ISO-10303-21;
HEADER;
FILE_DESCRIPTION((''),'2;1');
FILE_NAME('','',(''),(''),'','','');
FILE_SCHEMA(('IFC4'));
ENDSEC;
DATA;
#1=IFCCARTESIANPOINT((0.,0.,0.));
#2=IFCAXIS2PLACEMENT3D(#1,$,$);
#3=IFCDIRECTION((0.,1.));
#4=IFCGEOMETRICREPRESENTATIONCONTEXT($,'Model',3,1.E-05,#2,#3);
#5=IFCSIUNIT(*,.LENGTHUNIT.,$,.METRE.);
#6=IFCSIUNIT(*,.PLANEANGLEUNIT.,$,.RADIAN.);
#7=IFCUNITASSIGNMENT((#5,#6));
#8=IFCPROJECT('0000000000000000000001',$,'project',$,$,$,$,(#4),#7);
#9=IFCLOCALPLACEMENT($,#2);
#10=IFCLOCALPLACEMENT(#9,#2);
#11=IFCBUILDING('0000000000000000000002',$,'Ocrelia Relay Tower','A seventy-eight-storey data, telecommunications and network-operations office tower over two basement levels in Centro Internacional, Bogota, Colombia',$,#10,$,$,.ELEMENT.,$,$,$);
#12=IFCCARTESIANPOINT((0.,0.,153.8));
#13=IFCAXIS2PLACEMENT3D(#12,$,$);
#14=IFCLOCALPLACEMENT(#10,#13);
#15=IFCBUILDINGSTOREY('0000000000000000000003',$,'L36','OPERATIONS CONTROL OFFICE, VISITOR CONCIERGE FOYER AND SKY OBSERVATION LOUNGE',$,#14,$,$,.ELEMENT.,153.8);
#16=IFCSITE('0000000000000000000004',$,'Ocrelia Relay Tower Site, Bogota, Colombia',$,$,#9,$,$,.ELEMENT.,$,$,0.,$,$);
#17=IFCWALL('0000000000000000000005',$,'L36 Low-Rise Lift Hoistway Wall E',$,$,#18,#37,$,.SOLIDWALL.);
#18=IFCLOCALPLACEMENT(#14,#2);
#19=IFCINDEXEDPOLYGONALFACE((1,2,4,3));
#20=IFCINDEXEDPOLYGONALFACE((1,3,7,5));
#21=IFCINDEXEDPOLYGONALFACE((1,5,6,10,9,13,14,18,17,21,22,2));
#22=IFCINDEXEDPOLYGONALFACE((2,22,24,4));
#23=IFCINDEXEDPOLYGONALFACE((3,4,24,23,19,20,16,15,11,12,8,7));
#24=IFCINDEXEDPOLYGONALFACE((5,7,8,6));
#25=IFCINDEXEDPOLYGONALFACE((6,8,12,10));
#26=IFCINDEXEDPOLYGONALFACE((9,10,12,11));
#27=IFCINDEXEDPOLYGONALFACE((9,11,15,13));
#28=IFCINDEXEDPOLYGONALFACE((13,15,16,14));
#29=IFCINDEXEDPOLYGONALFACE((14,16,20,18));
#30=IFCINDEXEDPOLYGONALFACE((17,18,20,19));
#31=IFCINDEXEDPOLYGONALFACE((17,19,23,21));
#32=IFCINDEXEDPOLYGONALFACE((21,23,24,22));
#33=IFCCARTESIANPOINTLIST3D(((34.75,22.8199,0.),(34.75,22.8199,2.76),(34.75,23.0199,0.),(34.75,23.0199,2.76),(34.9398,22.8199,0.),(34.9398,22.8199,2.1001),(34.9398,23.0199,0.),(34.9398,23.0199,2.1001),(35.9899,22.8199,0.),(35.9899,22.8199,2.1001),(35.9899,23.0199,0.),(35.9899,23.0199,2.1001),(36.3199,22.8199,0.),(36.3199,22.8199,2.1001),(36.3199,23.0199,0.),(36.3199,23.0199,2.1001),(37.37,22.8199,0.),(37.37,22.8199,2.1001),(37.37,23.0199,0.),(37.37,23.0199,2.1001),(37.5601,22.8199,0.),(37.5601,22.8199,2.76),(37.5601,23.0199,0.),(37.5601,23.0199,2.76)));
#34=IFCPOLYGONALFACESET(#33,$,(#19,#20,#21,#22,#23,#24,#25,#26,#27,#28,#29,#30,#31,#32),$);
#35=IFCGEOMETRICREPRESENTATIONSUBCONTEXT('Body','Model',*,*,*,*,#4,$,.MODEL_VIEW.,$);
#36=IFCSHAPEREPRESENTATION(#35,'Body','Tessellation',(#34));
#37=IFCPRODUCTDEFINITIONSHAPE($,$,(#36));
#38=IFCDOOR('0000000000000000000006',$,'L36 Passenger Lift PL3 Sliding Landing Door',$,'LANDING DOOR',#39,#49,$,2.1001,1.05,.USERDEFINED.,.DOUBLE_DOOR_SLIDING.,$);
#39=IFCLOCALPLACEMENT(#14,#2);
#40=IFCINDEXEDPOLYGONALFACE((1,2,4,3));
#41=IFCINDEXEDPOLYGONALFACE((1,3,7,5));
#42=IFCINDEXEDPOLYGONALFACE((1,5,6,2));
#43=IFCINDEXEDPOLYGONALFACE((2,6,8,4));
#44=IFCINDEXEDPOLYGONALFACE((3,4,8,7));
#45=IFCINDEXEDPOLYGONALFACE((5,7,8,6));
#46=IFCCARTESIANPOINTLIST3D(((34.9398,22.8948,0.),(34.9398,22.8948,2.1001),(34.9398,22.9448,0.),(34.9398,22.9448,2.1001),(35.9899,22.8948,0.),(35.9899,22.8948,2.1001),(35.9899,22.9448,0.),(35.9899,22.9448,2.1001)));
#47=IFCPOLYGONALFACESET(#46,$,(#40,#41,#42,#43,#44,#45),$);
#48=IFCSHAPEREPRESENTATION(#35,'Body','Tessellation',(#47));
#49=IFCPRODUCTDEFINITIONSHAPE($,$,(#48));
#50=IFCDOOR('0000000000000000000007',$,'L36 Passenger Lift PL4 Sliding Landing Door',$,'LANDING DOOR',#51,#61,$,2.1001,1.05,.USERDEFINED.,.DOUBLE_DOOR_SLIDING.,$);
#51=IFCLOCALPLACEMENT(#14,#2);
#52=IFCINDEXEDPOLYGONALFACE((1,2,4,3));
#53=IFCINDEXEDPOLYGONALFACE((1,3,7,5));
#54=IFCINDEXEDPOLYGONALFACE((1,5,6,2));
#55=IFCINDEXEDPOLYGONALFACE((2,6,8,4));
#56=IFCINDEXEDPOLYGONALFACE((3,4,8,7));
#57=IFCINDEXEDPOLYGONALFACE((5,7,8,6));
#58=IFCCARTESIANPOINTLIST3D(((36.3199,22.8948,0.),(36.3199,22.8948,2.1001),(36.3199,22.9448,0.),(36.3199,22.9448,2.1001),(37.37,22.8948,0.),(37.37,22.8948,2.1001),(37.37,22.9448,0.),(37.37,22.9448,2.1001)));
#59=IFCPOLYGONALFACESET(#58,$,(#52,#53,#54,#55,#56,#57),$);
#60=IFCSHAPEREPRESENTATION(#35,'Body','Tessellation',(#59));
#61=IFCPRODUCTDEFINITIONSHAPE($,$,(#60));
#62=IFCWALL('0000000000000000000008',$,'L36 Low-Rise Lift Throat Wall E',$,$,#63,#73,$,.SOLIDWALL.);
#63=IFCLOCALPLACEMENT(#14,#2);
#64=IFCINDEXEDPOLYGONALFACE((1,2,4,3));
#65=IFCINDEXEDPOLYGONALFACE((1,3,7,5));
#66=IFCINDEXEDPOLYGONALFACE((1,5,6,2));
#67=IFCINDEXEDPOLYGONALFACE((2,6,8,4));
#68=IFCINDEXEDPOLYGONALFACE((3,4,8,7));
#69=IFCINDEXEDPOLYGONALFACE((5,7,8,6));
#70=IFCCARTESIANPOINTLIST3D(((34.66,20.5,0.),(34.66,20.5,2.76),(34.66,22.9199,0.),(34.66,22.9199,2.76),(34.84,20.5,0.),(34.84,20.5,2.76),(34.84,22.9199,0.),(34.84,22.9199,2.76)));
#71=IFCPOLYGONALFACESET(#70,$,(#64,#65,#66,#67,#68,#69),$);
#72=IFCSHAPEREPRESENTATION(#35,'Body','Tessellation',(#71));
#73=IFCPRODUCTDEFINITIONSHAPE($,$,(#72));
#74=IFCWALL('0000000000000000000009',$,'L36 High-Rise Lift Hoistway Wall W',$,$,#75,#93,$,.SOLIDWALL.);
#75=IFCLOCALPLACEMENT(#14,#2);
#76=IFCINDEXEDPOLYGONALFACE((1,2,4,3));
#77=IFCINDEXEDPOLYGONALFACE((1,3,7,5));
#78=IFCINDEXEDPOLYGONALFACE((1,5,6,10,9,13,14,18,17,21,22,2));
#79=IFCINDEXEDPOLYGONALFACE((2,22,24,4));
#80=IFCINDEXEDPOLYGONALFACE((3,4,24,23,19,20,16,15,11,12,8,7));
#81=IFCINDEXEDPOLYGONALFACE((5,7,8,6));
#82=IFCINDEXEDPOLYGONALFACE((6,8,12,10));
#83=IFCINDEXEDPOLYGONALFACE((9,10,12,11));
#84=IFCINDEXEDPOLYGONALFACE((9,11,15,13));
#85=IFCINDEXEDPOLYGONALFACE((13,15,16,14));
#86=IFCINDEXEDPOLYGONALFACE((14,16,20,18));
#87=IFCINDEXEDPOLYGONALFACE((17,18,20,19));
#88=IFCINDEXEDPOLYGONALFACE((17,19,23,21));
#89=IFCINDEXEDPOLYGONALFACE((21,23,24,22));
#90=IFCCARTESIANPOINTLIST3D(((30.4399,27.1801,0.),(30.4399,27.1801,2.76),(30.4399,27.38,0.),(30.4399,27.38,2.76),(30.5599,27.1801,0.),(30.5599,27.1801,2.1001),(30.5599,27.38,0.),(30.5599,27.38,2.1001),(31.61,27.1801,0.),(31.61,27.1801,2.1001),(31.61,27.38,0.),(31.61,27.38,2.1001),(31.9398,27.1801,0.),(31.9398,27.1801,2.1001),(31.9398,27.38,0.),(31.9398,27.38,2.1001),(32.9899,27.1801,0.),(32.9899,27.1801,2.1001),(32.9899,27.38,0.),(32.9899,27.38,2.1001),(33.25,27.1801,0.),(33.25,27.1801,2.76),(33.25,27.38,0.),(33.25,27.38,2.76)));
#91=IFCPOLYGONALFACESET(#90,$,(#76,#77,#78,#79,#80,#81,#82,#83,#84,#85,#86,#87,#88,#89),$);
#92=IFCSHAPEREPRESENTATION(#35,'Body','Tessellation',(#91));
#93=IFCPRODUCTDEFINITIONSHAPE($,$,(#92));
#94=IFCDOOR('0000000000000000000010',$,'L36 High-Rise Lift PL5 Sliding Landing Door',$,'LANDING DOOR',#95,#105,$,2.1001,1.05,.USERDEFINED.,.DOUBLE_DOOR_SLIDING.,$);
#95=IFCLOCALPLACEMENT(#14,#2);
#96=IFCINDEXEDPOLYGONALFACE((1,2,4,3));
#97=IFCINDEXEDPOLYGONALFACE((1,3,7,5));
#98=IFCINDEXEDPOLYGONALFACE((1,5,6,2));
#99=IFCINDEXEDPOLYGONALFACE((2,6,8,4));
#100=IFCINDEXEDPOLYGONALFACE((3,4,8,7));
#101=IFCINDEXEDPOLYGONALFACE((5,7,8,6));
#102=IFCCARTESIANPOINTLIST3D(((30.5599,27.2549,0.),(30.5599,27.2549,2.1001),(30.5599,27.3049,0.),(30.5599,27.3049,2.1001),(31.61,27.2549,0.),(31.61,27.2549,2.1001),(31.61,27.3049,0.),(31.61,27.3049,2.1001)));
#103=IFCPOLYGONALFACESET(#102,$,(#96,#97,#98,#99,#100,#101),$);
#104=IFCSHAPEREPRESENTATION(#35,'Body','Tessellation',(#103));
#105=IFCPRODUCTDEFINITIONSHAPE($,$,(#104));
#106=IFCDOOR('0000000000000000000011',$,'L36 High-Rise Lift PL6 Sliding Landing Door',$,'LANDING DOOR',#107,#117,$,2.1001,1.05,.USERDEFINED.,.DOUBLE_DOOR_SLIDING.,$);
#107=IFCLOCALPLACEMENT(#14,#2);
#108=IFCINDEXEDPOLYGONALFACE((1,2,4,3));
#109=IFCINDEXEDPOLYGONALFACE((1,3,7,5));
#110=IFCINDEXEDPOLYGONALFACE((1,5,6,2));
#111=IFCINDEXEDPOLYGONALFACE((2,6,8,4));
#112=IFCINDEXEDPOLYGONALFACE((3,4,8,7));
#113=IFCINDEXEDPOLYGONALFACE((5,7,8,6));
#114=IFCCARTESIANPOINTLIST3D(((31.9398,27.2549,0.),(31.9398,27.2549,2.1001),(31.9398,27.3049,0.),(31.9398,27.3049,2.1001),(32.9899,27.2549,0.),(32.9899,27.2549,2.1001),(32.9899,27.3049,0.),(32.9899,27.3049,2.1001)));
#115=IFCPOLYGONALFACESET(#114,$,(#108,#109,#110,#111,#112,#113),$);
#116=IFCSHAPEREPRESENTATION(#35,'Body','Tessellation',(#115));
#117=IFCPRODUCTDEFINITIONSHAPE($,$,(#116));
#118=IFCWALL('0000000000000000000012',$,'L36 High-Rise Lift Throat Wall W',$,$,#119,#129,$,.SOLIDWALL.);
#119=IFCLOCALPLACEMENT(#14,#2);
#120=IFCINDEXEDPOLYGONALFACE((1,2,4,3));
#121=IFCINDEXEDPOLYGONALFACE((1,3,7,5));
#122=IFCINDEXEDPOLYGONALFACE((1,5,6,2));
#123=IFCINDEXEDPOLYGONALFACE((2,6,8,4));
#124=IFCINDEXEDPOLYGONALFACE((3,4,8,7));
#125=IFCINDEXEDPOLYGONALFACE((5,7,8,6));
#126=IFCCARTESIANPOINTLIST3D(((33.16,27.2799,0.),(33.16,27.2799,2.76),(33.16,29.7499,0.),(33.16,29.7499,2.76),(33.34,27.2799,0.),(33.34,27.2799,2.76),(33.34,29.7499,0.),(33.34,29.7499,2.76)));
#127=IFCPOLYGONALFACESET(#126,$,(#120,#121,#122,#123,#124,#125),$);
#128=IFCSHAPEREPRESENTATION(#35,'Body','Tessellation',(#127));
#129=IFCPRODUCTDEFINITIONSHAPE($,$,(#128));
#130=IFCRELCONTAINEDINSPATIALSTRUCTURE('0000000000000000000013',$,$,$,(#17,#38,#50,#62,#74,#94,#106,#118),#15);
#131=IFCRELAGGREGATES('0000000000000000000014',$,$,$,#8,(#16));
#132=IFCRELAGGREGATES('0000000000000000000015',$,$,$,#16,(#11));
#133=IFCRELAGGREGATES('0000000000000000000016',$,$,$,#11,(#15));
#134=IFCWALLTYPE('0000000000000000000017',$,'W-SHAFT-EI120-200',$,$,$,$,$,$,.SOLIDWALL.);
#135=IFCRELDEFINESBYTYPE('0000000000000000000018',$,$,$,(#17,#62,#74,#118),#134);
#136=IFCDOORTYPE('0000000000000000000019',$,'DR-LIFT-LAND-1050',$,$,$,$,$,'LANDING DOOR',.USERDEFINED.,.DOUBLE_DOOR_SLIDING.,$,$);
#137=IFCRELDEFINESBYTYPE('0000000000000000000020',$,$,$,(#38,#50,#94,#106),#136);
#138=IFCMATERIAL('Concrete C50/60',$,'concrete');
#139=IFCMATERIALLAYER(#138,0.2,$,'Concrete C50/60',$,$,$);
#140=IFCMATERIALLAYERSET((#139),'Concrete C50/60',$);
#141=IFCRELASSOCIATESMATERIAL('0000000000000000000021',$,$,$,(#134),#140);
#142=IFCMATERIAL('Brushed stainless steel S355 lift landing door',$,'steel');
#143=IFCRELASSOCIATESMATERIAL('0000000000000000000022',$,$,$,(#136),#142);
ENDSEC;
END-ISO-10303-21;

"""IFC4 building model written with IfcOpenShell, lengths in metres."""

from ifc_helpers import new_model, si_unit, direction, frame, frame_2d, origin, place, context, subcontext, project, spatial, rectangle, extrude, material, layer, layer_set, type_object, element, fill, save


model = new_model("IFC4")

# Units and contexts
model_context = context("Model", 3, precision=1e-05, world=origin(), true_north=direction((0.0, 1.0)))
body_context = subcontext(model_context, "Body", "Model", "MODEL_VIEW")
ifc_project = project(units=[si_unit("LENGTHUNIT", "METRE"), si_unit("PLANEANGLEUNIT", "RADIAN")], contexts=[model_context])

# Site, building, storey
site_placement = place(None, origin())
site = spatial("IfcSite", under=ifc_project, at=site_placement, Name="Ocrelia Relay Tower Site, Bogota, Colombia", CompositionType="ELEMENT", RefElevation=0.0)
building_placement = place(site_placement, origin())
building = spatial("IfcBuilding", under=site, at=building_placement, Name="Ocrelia Relay Tower", Description="A seventy-eight-storey data, telecommunications and network-operations office tower over two basement levels in Centro Internacional, Bogota, Colombia", CompositionType="ELEMENT")
storey_placement = place(building_placement, frame((0.0, 0.0, 153.8)))
storey = spatial("IfcBuildingStorey", under=building, at=storey_placement, Name="L36", Description="OPERATIONS CONTROL OFFICE, VISITOR CONCIERGE FOYER AND SKY OBSERVATION LOUNGE", CompositionType="ELEMENT", Elevation=153.8)

# Shared definitions
ifc_material_1 = material(Name="Concrete C50/60", Category="concrete")
ifc_layer_1 = layer(ifc_material_1, 0.2, Name="Concrete C50/60")
ifc_layer_set_1 = layer_set([ifc_layer_1], Name="Concrete C50/60")
wall_type_1 = type_object("IfcWallType", Name="W-SHAFT-EI120-200", PredefinedType="SOLIDWALL", material=ifc_layer_set_1)
ifc_material_2 = material(Name="Brushed stainless steel S355 lift landing door", Category="steel")
door_type = type_object("IfcDoorType", Name="DR-LIFT-LAND-1050", ElementType="LANDING DOOR", OperationType="DOUBLE_DOOR_SLIDING", PredefinedType="USERDEFINED", material=ifc_material_2)

# Wall, openings, doors
wall_1_placement = place(storey_placement, frame((34.75, 22.9199, 0.0), z_axis=(0.0, 0.0, 1.0), x_axis=(1.0, 0.0, 0.0)))
wall_1 = element("IfcWall", 1, at=wall_1_placement, inside=storey, type_object=wall_type_1, Name="L36 Low-Rise Lift Hoistway Wall E", PredefinedType="SOLIDWALL", context=body_context, shape_type="SweptSolid", body=[
    extrude(rectangle(XDim=2.8101, YDim=0.2, at=frame_2d((1.405, 0.0))), origin(), (0.0, 0.0, 1.0), 2.76),
])
opening_1_placement = place(wall_1_placement, frame((0.1899, 0.0, 0.0)))
opening_1 = element("IfcOpeningElement", 2, at=opening_1_placement, cuts=wall_1, PredefinedType="OPENING", context=body_context, shape_type="SweptSolid", body=[
    extrude(rectangle(XDim=1.05, YDim=2.1001, at=frame_2d((0.5249, 1.05))), frame((0.0, 0.1099, 0.0), z_axis=(0.0, -1.0, 0.0), x_axis=(1.0, 0.0, 0.0)), (0.0, 0.0, 1.0), 0.22),
])
opening_2_placement = place(wall_1_placement, frame((1.5701, 0.0, 0.0)))
opening_2 = element("IfcOpeningElement", 3, at=opening_2_placement, cuts=wall_1, PredefinedType="OPENING", context=body_context, shape_type="SweptSolid", body=[
    extrude(rectangle(XDim=1.05, YDim=2.1001, at=frame_2d((0.5249, 1.05))), frame((0.0, 0.1099, 0.0), z_axis=(0.0, -1.0, 0.0), x_axis=(1.0, 0.0, 0.0)), (0.0, 0.0, 1.0), 0.22),
])
door_1_placement = place(opening_1_placement, origin())
door_1 = element("IfcDoor", 4, at=door_1_placement, inside=storey, type_object=door_type, Name="L36 Passenger Lift PL3 Sliding Landing Door", ObjectType="LANDING DOOR", OperationType="DOUBLE_DOOR_SLIDING", OverallHeight=2.1001, OverallWidth=1.05, PredefinedType="USERDEFINED", context=body_context, shape_type="SweptSolid", body=[
    extrude(rectangle(XDim=1.05, YDim=2.1001, at=frame_2d((0.5249, 1.05))), frame((0.0, 0.0249, 0.0), z_axis=(0.0, -1.0, 0.0), x_axis=(1.0, 0.0, 0.0)), (0.0, 0.0, 1.0), 0.05),
])
fill(opening_1, door_1)
door_2_placement = place(opening_2_placement, origin())
door_2 = element("IfcDoor", 5, at=door_2_placement, inside=storey, type_object=door_type, Name="L36 Passenger Lift PL4 Sliding Landing Door", ObjectType="LANDING DOOR", OperationType="DOUBLE_DOOR_SLIDING", OverallHeight=2.1001, OverallWidth=1.05, PredefinedType="USERDEFINED", context=body_context, shape_type="SweptSolid", body=[
    extrude(rectangle(XDim=1.05, YDim=2.1001, at=frame_2d((0.5249, 1.05))), frame((0.0, 0.0249, 0.0), z_axis=(0.0, -1.0, 0.0), x_axis=(1.0, 0.0, 0.0)), (0.0, 0.0, 1.0), 0.05),
])
fill(opening_2, door_2)

# Wall
wall_2_placement = place(storey_placement, frame((34.75, 20.5, 0.0), z_axis=(0.0, 0.0, 1.0), x_axis=(0.0, 1.0, 0.0)))
element("IfcWall", 6, at=wall_2_placement, inside=storey, type_object=wall_type_1, Name="L36 Low-Rise Lift Throat Wall E", PredefinedType="SOLIDWALL", context=body_context, shape_type="SweptSolid", body=[
    extrude(rectangle(XDim=2.4199, YDim=0.1799, at=frame_2d((1.21, 0.0))), origin(), (0.0, 0.0, 1.0), 2.76),
])

# Wall, openings, doors
wall_3_placement = place(storey_placement, frame((30.4399, 27.28, 0.0), z_axis=(0.0, 0.0, 1.0), x_axis=(1.0, 0.0, 0.0)))
wall_3 = element("IfcWall", 7, at=wall_3_placement, inside=storey, type_object=wall_type_1, Name="L36 High-Rise Lift Hoistway Wall W", PredefinedType="SOLIDWALL", context=body_context, shape_type="SweptSolid", body=[
    extrude(rectangle(XDim=2.8101, YDim=0.2, at=frame_2d((1.405, 0.0))), origin(), (0.0, 0.0, 1.0), 2.76),
])
opening_3_placement = place(wall_3_placement, frame((0.1201, 0.0, 0.0)))
opening_3 = element("IfcOpeningElement", 8, at=opening_3_placement, cuts=wall_3, PredefinedType="OPENING", context=body_context, shape_type="SweptSolid", body=[
    extrude(rectangle(XDim=1.05, YDim=2.1001, at=frame_2d((0.5249, 1.05))), frame((0.0, 0.1099, 0.0), z_axis=(0.0, -1.0, 0.0), x_axis=(1.0, 0.0, 0.0)), (0.0, 0.0, 1.0), 0.22),
])
opening_4_placement = place(wall_3_placement, frame((1.5, 0.0, 0.0)))
opening_4 = element("IfcOpeningElement", 9, at=opening_4_placement, cuts=wall_3, PredefinedType="OPENING", context=body_context, shape_type="SweptSolid", body=[
    extrude(rectangle(XDim=1.05, YDim=2.1001, at=frame_2d((0.5249, 1.05))), frame((0.0, 0.1099, 0.0), z_axis=(0.0, -1.0, 0.0), x_axis=(1.0, 0.0, 0.0)), (0.0, 0.0, 1.0), 0.22),
])
door_3_placement = place(opening_3_placement, origin())
door_3 = element("IfcDoor", 10, at=door_3_placement, inside=storey, type_object=door_type, Name="L36 High-Rise Lift PL5 Sliding Landing Door", ObjectType="LANDING DOOR", OperationType="DOUBLE_DOOR_SLIDING", OverallHeight=2.1001, OverallWidth=1.05, PredefinedType="USERDEFINED", context=body_context, shape_type="SweptSolid", body=[
    extrude(rectangle(XDim=1.05, YDim=2.1001, at=frame_2d((0.5249, 1.05))), frame((0.0, 0.0249, 0.0), z_axis=(0.0, -1.0, 0.0), x_axis=(1.0, 0.0, 0.0)), (0.0, 0.0, 1.0), 0.05),
])
fill(opening_3, door_3)
door_4_placement = place(opening_4_placement, origin())
door_4 = element("IfcDoor", 11, at=door_4_placement, inside=storey, type_object=door_type, Name="L36 High-Rise Lift PL6 Sliding Landing Door", ObjectType="LANDING DOOR", OperationType="DOUBLE_DOOR_SLIDING", OverallHeight=2.1001, OverallWidth=1.05, PredefinedType="USERDEFINED", context=body_context, shape_type="SweptSolid", body=[
    extrude(rectangle(XDim=1.05, YDim=2.1001, at=frame_2d((0.5249, 1.05))), frame((0.0, 0.0249, 0.0), z_axis=(0.0, -1.0, 0.0), x_axis=(1.0, 0.0, 0.0)), (0.0, 0.0, 1.0), 0.05),
])
fill(opening_4, door_4)

# Wall
wall_4_placement = place(storey_placement, frame((33.25, 27.28, 0.0), z_axis=(0.0, 0.0, 1.0), x_axis=(0.0, 1.0, 0.0)))
element("IfcWall", 12, at=wall_4_placement, inside=storey, type_object=wall_type_1, Name="L36 High-Rise Lift Throat Wall W", PredefinedType="SOLIDWALL", context=body_context, shape_type="SweptSolid", body=[
    extrude(rectangle(XDim=2.47, YDim=0.1799, at=frame_2d((1.2349, 0.0))), origin(), (0.0, 0.0, 1.0), 2.76),
])

save(model, "model.ifc")
